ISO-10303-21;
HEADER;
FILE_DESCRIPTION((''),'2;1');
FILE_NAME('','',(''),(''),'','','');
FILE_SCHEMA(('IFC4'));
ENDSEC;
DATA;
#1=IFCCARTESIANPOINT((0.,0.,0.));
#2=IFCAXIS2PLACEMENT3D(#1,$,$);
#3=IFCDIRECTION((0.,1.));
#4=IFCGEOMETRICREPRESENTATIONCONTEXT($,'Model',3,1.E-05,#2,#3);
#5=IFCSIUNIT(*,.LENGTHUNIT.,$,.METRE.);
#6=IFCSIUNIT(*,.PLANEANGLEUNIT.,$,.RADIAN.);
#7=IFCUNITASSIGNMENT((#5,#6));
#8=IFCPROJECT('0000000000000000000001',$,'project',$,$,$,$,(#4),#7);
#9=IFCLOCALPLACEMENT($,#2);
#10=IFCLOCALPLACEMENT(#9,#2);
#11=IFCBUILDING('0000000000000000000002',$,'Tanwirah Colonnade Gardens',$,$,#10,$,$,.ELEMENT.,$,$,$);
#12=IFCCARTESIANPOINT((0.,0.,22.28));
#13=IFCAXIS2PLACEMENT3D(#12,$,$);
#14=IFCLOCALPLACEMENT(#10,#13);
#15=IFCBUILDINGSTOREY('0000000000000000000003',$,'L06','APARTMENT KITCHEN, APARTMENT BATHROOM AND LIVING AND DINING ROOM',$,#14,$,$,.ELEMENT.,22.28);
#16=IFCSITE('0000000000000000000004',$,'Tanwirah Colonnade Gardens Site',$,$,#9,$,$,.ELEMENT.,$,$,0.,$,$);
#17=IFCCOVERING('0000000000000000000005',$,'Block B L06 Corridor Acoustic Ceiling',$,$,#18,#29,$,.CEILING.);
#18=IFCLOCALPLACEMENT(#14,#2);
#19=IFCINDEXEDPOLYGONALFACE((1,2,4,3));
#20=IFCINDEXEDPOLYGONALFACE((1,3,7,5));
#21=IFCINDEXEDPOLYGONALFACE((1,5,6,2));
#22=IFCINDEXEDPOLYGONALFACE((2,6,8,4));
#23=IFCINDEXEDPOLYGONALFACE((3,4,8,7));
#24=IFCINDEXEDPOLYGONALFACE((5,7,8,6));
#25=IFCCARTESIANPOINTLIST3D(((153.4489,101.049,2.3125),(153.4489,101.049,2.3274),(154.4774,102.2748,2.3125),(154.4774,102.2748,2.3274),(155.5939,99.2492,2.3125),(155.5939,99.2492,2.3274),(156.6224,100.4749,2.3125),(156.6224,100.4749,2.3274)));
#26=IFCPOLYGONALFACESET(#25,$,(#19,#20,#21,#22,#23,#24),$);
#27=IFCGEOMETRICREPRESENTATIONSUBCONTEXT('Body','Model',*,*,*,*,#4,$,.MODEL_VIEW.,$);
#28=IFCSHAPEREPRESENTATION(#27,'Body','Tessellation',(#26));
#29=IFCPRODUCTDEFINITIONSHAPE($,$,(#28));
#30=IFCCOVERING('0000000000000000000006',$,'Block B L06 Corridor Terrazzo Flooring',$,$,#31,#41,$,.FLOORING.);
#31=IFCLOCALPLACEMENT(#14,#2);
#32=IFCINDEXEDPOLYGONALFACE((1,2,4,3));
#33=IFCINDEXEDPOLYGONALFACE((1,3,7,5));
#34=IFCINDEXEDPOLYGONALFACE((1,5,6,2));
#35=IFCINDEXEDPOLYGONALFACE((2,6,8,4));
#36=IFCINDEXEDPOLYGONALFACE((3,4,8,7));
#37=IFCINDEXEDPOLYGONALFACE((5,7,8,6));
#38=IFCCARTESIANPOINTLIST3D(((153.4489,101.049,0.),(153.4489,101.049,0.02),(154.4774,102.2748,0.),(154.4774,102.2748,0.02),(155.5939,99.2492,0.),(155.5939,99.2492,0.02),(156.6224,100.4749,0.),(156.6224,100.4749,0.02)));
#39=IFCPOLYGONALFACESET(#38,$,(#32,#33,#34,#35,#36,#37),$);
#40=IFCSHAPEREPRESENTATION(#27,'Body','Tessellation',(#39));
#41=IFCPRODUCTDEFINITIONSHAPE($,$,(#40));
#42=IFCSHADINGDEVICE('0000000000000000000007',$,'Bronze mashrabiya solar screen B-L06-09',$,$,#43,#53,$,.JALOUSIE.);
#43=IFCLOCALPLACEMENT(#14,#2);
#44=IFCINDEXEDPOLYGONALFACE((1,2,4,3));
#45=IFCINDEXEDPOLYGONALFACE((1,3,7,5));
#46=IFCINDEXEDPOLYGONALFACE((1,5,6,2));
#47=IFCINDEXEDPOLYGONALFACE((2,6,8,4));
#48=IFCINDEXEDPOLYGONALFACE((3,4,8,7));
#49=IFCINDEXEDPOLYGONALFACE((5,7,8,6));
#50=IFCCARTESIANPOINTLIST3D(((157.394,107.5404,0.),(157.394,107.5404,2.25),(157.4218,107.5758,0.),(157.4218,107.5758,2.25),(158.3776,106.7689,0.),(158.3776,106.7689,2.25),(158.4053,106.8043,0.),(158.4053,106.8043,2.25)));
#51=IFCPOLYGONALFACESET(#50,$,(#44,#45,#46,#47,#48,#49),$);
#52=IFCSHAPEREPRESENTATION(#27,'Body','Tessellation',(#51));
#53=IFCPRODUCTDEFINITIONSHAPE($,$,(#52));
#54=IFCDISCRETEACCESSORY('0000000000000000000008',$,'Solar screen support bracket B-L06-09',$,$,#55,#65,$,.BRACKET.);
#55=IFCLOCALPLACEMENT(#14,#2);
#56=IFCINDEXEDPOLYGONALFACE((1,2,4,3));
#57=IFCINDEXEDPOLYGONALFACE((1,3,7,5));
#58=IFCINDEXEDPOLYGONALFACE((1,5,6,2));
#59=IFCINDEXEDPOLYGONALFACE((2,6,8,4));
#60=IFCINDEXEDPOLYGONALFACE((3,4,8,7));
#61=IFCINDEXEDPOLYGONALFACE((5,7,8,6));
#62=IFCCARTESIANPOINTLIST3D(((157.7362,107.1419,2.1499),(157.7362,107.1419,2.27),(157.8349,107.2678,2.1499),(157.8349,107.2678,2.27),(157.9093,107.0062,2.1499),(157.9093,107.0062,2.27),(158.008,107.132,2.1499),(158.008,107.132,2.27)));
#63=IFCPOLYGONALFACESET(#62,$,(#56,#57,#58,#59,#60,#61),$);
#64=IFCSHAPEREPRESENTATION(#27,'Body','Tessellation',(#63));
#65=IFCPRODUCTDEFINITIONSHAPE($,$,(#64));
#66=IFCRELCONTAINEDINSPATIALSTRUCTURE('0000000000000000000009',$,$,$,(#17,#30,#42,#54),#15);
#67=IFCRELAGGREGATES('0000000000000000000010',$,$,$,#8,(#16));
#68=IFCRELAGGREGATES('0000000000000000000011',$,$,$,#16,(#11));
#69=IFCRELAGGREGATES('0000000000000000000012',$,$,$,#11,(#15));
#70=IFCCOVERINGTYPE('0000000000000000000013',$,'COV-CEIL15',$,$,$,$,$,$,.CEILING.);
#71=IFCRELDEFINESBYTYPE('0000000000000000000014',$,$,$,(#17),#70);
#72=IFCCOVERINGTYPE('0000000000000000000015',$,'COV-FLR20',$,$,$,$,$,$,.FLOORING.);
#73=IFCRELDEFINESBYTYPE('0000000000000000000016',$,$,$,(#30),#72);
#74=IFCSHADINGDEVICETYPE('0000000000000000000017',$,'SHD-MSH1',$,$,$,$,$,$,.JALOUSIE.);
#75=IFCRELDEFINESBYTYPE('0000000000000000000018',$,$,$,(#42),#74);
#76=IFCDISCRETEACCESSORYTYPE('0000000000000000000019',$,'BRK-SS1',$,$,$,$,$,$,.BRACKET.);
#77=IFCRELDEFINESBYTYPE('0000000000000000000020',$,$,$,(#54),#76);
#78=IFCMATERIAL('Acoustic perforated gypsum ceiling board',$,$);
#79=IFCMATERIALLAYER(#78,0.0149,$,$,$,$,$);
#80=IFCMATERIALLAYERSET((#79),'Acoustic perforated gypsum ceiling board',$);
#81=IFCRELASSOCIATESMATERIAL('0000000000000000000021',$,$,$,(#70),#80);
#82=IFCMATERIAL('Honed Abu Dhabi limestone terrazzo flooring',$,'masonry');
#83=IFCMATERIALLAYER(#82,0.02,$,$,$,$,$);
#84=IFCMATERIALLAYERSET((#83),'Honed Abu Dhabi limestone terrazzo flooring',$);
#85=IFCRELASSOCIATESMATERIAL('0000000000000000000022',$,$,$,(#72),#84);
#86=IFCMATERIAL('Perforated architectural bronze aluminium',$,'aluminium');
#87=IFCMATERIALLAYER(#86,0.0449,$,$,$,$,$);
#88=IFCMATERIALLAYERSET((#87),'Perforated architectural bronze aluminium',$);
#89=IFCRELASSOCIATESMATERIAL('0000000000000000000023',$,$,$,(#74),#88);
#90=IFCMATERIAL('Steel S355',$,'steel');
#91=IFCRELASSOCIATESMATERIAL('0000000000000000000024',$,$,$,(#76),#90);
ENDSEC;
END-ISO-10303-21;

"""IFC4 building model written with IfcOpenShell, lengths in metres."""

from ifc_helpers import new_model, si_unit, direction, frame, origin, origin_2d, place, context, subcontext, project, spatial, rectangle, extrude, material, layer, layer_set, type_object, element, save


model = new_model("IFC4")

# Units and contexts
model_context = context("Model", 3, precision=1e-05, world=origin(), true_north=direction((0.0, 1.0)))
body_context = subcontext(model_context, "Body", "Model", "MODEL_VIEW")
ifc_project = project(units=[si_unit("LENGTHUNIT", "METRE"), si_unit("PLANEANGLEUNIT", "RADIAN")], contexts=[model_context])

# Site, building, storey
site_placement = place(None, origin())
site = spatial("IfcSite", under=ifc_project, at=site_placement, Name="Tanwirah Colonnade Gardens Site", CompositionType="ELEMENT", RefElevation=0.0)
building_placement = place(site_placement, origin())
building = spatial("IfcBuilding", under=site, at=building_placement, Name="Tanwirah Colonnade Gardens", CompositionType="ELEMENT")
storey_placement = place(building_placement, frame((0.0, 0.0, 22.28)))
storey = spatial("IfcBuildingStorey", under=building, at=storey_placement, Name="L06", Description="APARTMENT KITCHEN, APARTMENT BATHROOM AND LIVING AND DINING ROOM", CompositionType="ELEMENT", Elevation=22.28)

# Coverings
ifc_material_1 = material(Name="Acoustic perforated gypsum ceiling board")
ifc_layer_1 = layer(ifc_material_1, 0.0149)
ifc_layer_set_1 = layer_set([ifc_layer_1], Name="Acoustic perforated gypsum ceiling board")
covering_type_1 = type_object("IfcCoveringType", Name="COV-CEIL15", PredefinedType="CEILING", material=ifc_layer_set_1)
covering_1_placement = place(storey_placement, frame((155.0356, 100.762, 2.3125), z_axis=(0.0, 0.0, 1.0), x_axis=(-0.766044, 0.642788, 0.0)))
element("IfcCovering", 1, at=covering_1_placement, inside=storey, type_object=covering_type_1, Name="Block B L06 Corridor Acoustic Ceiling", PredefinedType="CEILING", context=body_context, shape_type="SweptSolid", body=[
    extrude(rectangle(XDim=2.8, YDim=1.6001, at=origin_2d()), origin(), (0.0, 0.0, 1.0), 0.0149),
])
ifc_material_2 = material(Name="Honed Abu Dhabi limestone terrazzo flooring", Category="masonry")
ifc_layer_2 = layer(ifc_material_2, 0.02)
ifc_layer_set_2 = layer_set([ifc_layer_2], Name="Honed Abu Dhabi limestone terrazzo flooring")
covering_type_2 = type_object("IfcCoveringType", Name="COV-FLR20", PredefinedType="FLOORING", material=ifc_layer_set_2)
covering_2_placement = place(storey_placement, frame((155.0356, 100.762, 0.0), z_axis=(0.0, 0.0, 1.0), x_axis=(-0.766044, 0.642788, 0.0)))
element("IfcCovering", 2, at=covering_2_placement, inside=storey, type_object=covering_type_2, Name="Block B L06 Corridor Terrazzo Flooring", PredefinedType="FLOORING", context=body_context, shape_type="SweptSolid", body=[
    extrude(rectangle(XDim=2.8, YDim=1.6001, at=origin_2d()), origin(), (0.0, 0.0, 1.0), 0.02),
])

# Shading device
ifc_material_3 = material(Name="Perforated architectural bronze aluminium", Category="aluminium")
ifc_layer_3 = layer(ifc_material_3, 0.0449)
ifc_layer_set_3 = layer_set([ifc_layer_3], Name="Perforated architectural bronze aluminium")
shading_device_type = type_object("IfcShadingDeviceType", Name="SHD-MSH1", PredefinedType="JALOUSIE", material=ifc_layer_set_3)
shading_device_placement = place(storey_placement, frame((157.8997, 107.1724, 0.0), z_axis=(0.0, 0.0, 1.0), x_axis=(-0.786816, 0.617188, 0.0)))
element("IfcShadingDevice", 3, at=shading_device_placement, inside=storey, type_object=shading_device_type, Name="Bronze mashrabiya solar screen B-L06-09", PredefinedType="JALOUSIE", context=body_context, shape_type="SweptSolid", body=[
    extrude(rectangle(XDim=1.25, YDim=0.0449, at=origin_2d()), origin(), (0.0, 0.0, 1.0), 2.25),
])

# Discrete accessory
ifc_material_4 = material(Name="Steel S355", Category="steel")
discrete_accessory_type = type_object("IfcDiscreteAccessoryType", Name="BRK-SS1", PredefinedType="BRACKET", material=ifc_material_4)
discrete_accessory_placement = place(storey_placement, frame((157.8721, 107.137, 2.1499), z_axis=(0.0, 0.0, 1.0), x_axis=(-0.786816, 0.617188, 0.0)))
element("IfcDiscreteAccessory", 4, at=discrete_accessory_placement, inside=storey, type_object=discrete_accessory_type, Name="Solar screen support bracket B-L06-09", PredefinedType="BRACKET", context=body_context, shape_type="SweptSolid", body=[
    extrude(rectangle(XDim=0.22, YDim=0.1599, at=origin_2d()), origin(), (0.0, 0.0, 1.0), 0.1201),
])

save(model, "model.ifc")
